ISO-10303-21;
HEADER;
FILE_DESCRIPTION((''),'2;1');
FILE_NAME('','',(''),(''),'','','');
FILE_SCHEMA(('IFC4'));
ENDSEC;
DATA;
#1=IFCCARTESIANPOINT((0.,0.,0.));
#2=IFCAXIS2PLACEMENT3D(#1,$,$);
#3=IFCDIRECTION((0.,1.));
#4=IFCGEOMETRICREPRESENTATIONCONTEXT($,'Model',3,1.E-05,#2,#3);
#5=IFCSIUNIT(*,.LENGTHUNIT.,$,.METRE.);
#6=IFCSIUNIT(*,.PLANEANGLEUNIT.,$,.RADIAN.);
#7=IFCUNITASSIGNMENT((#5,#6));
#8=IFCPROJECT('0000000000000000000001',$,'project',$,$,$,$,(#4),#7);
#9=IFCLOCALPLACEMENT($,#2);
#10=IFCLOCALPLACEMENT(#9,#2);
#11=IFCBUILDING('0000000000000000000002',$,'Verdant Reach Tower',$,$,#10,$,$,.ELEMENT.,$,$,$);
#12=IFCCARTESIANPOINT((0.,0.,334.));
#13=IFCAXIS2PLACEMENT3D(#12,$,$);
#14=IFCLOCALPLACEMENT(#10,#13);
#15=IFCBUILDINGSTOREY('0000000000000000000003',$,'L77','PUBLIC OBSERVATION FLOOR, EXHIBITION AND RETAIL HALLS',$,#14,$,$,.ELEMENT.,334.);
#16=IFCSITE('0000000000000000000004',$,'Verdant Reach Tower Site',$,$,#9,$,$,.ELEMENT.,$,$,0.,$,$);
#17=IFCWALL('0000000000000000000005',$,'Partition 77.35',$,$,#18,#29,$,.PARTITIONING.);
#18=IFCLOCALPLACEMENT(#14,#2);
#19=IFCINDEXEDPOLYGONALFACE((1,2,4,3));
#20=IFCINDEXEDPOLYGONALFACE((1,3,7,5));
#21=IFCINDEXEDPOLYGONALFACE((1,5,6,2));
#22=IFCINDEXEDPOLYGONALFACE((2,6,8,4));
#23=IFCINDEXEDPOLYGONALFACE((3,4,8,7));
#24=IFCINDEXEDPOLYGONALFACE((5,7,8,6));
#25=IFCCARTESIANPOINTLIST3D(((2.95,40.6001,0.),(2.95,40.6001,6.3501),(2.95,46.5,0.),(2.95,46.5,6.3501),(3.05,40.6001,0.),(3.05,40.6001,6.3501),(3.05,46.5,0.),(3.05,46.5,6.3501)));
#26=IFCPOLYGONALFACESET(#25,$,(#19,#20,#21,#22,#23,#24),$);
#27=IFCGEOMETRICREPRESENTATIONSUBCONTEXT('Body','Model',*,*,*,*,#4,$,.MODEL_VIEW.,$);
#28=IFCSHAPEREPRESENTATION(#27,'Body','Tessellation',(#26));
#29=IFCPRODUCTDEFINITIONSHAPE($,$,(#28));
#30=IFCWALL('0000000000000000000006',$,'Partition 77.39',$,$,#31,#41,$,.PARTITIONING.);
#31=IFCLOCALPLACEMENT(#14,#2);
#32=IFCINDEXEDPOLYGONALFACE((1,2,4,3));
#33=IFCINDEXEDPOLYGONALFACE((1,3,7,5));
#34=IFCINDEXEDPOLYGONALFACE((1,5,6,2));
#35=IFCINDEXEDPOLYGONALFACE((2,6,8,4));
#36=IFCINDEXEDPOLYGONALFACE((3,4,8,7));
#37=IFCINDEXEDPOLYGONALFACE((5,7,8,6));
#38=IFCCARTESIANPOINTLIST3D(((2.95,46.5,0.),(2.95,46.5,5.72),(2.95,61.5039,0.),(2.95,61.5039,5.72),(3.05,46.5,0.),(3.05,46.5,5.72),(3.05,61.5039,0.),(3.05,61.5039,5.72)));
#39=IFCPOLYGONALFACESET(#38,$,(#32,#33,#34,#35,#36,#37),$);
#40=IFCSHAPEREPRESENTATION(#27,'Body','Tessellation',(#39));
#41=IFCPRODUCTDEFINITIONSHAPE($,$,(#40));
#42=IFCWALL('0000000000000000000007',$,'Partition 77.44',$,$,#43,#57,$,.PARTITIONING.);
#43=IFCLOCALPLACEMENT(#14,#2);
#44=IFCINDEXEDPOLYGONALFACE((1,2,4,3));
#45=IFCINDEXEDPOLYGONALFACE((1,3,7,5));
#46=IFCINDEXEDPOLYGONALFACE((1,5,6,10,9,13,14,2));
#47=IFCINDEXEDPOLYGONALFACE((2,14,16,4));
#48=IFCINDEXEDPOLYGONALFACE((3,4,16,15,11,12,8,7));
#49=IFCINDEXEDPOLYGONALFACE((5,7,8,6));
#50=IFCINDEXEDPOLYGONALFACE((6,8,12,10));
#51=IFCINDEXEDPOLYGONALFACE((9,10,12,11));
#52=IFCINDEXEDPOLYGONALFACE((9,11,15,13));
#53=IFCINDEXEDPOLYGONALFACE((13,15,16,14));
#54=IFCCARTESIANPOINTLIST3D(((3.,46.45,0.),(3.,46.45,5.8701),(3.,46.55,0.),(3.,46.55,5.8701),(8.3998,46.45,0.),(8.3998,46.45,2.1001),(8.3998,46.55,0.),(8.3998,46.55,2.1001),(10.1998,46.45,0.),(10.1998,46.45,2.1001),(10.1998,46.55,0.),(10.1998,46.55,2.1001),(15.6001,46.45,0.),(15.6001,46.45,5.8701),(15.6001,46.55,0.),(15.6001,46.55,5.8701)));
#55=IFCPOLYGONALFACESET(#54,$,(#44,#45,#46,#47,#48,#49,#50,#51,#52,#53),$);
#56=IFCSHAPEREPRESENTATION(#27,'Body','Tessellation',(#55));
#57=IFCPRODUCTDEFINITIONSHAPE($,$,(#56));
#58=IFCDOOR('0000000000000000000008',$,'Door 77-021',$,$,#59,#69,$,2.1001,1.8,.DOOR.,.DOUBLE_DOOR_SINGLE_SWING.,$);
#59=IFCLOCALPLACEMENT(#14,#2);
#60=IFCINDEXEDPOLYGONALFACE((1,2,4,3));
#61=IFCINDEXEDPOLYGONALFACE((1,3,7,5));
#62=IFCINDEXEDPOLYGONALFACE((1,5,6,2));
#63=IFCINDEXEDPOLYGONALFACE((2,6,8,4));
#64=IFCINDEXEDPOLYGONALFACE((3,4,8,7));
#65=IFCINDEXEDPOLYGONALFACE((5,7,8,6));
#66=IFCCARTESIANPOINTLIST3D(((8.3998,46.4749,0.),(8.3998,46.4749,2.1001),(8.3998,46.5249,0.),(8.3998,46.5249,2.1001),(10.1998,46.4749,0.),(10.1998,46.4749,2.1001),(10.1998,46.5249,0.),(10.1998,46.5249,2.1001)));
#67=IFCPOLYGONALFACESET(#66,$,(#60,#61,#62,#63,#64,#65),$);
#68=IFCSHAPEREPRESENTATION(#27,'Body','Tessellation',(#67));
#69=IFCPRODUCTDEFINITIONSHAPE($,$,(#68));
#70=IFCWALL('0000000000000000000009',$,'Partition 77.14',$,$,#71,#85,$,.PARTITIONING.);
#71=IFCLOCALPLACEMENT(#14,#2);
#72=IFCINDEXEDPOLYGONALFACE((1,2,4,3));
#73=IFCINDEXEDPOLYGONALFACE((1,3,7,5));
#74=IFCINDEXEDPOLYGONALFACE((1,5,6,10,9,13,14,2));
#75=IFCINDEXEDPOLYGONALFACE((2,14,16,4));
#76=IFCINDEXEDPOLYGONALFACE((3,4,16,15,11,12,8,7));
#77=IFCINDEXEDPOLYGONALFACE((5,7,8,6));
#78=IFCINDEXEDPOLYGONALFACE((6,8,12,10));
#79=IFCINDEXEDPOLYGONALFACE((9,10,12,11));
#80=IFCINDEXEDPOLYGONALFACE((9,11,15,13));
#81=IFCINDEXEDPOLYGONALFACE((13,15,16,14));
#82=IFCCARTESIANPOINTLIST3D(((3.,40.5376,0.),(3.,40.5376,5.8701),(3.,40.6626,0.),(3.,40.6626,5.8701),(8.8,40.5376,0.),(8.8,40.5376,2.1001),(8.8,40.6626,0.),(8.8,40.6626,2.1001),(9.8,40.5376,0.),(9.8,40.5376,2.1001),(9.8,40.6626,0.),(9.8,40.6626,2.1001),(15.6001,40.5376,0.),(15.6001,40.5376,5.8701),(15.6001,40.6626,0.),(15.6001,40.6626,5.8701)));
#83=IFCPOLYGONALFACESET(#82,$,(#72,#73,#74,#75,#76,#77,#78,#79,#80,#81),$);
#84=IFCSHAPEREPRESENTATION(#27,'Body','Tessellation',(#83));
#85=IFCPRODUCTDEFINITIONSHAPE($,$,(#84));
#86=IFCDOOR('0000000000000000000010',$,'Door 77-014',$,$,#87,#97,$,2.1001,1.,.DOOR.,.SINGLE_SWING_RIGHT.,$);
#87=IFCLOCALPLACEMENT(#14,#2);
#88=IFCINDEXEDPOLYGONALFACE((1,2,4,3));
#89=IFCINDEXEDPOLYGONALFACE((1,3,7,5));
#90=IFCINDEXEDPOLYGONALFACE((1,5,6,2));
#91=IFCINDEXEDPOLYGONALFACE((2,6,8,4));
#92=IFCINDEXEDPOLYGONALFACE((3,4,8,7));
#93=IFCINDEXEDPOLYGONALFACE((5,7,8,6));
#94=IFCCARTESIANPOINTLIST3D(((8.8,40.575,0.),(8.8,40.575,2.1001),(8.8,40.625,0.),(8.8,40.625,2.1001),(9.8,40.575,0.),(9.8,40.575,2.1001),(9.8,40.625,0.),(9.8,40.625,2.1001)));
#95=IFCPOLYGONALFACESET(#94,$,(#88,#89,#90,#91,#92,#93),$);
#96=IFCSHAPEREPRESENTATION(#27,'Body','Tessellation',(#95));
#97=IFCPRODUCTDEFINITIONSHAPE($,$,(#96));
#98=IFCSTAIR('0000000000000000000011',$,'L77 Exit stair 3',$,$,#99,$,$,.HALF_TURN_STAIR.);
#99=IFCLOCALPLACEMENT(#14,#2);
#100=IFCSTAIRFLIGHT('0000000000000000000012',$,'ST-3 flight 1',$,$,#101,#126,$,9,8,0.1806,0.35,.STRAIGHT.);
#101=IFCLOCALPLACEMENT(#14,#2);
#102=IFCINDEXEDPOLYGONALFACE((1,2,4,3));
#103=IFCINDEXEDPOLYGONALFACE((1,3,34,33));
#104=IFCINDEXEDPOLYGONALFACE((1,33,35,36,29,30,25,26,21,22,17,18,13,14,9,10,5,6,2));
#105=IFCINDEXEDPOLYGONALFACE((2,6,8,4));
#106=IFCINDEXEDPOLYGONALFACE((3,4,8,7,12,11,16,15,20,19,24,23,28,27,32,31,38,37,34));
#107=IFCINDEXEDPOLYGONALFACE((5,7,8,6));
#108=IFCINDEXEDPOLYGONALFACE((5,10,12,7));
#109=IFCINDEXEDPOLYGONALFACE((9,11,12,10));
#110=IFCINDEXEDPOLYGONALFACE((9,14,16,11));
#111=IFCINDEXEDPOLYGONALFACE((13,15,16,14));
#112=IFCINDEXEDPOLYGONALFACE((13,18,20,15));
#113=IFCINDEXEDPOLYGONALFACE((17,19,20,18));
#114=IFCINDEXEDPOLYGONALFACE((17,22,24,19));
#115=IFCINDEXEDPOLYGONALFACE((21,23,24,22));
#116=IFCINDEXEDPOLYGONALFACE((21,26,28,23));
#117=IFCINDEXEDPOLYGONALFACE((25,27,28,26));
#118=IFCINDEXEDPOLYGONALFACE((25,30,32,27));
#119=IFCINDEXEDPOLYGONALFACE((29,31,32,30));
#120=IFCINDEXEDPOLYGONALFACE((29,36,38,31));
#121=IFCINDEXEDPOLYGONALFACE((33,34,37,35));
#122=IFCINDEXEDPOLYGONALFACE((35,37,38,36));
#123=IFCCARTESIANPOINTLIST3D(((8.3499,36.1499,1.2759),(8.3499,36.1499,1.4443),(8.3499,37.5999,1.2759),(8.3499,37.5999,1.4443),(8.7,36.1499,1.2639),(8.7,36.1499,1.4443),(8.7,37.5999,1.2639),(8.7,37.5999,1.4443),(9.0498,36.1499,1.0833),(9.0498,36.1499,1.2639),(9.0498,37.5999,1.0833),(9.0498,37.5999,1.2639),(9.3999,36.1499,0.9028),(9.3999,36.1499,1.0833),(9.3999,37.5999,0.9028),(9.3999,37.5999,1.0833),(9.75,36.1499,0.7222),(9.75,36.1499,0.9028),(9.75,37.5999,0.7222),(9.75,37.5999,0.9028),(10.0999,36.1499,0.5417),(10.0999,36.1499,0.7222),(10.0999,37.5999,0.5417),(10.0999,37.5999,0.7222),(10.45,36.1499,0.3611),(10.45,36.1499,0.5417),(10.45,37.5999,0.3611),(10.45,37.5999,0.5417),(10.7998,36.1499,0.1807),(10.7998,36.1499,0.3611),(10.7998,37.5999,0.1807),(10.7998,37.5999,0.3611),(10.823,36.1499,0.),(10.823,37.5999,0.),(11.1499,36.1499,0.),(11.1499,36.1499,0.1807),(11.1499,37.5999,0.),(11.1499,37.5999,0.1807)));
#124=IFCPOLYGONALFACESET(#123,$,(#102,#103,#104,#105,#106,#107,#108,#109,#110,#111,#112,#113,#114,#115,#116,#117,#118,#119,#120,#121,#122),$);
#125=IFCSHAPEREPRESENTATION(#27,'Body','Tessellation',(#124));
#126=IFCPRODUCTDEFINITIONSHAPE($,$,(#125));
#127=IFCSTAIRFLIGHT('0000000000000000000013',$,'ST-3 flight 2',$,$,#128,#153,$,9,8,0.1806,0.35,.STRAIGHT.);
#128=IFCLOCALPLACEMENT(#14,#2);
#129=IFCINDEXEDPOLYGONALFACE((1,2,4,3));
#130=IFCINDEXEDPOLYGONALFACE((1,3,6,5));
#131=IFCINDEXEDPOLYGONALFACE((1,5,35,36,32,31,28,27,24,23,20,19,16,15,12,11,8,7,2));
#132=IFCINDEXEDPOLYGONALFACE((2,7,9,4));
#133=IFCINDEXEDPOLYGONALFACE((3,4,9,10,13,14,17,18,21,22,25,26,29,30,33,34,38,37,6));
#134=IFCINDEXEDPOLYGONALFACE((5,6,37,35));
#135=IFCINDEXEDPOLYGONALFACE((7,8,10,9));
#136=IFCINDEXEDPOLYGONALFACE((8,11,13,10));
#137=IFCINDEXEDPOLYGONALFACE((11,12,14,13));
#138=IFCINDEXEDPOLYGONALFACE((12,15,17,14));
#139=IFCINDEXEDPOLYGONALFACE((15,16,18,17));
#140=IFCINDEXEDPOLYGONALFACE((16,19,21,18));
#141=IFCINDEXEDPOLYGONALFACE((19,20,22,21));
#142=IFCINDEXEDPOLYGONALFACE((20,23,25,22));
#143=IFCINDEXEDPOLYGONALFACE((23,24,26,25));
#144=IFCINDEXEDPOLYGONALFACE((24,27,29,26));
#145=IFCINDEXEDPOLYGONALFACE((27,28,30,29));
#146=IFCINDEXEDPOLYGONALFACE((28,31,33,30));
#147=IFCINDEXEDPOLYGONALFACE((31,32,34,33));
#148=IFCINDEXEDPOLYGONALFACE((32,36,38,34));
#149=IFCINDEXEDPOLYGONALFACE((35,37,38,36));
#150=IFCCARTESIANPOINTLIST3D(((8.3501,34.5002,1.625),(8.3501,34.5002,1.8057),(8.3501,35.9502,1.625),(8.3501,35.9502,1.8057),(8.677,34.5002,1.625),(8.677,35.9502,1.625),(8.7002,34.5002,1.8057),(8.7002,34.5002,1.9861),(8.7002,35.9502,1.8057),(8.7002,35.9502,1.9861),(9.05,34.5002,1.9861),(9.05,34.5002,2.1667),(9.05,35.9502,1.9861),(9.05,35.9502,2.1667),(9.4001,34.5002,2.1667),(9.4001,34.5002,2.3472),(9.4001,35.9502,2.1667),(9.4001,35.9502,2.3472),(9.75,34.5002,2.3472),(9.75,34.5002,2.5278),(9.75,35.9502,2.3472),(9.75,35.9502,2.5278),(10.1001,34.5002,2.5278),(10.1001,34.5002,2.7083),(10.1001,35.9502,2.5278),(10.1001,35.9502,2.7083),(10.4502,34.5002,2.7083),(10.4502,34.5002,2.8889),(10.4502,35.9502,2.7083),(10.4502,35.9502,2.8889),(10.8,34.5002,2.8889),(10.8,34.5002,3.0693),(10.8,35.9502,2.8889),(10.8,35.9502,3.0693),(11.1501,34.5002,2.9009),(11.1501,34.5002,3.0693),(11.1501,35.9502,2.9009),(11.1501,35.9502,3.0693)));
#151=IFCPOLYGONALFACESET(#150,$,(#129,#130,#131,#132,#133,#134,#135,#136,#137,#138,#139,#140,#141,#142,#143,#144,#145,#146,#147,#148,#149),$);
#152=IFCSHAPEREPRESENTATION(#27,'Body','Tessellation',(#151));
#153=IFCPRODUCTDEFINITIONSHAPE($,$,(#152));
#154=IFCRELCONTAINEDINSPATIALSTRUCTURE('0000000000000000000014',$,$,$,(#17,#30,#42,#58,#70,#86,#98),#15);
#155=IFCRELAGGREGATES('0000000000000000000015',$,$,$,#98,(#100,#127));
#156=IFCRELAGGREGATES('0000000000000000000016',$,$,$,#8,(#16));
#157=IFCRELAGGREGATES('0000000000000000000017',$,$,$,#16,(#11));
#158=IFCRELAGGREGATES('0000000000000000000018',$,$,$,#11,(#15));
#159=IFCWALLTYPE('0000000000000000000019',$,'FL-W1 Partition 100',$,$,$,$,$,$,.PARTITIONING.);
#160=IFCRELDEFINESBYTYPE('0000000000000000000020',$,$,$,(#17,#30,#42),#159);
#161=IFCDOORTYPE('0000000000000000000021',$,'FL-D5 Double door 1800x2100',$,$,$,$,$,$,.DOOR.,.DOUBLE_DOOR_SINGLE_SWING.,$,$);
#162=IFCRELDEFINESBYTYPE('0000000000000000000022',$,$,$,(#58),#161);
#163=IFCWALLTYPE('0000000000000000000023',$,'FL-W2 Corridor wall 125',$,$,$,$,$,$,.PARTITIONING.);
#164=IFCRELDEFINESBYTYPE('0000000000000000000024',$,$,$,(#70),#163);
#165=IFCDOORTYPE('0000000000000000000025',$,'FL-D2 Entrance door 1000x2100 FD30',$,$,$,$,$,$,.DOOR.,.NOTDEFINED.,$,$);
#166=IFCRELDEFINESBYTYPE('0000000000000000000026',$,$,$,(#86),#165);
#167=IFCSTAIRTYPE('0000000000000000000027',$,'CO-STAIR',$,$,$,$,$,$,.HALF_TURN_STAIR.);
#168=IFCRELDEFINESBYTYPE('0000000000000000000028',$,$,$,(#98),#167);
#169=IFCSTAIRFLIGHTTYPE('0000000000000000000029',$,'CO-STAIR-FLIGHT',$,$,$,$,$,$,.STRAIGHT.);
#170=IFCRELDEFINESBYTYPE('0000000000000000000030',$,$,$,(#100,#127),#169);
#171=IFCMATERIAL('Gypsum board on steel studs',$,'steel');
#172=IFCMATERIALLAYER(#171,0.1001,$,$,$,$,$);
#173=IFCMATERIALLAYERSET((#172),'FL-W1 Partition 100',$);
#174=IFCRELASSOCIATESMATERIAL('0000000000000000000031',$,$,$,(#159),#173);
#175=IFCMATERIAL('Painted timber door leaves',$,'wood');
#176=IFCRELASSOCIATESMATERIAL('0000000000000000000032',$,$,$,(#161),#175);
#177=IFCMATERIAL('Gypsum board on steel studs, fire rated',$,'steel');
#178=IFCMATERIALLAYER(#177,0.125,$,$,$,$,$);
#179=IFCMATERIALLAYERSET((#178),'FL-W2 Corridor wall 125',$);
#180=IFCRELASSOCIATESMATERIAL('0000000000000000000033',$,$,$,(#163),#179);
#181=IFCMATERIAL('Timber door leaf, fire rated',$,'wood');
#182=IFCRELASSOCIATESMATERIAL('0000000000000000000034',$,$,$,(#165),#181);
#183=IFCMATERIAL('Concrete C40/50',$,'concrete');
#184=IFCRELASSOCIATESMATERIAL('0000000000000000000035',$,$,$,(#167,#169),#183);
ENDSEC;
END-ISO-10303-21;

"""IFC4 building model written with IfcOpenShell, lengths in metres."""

from ifc_helpers import new_model, si_unit, direction, frame, frame_2d, origin, place, context, subcontext, project, spatial, polyline, rectangle, outline, extrude, material, layer, layer_set, type_object, element, fill, aggregate, save


model = new_model("IFC4")

# Units and contexts
model_context = context("Model", 3, precision=1e-05, world=origin(), true_north=direction((0.0, 1.0)))
body_context = subcontext(model_context, "Body", "Model", "MODEL_VIEW")
ifc_project = project(units=[si_unit("LENGTHUNIT", "METRE"), si_unit("PLANEANGLEUNIT", "RADIAN")], contexts=[model_context])

# Site, building, storey
site_placement = place(None, origin())
site = spatial("IfcSite", under=ifc_project, at=site_placement, Name="Verdant Reach Tower Site", CompositionType="ELEMENT", RefElevation=0.0)
building_placement = place(site_placement, origin())
building = spatial("IfcBuilding", under=site, at=building_placement, Name="Verdant Reach Tower", CompositionType="ELEMENT")
storey_placement = place(building_placement, frame((0.0, 0.0, 334.0)))
storey = spatial("IfcBuildingStorey", under=building, at=storey_placement, Name="L77", Description="PUBLIC OBSERVATION FLOOR, EXHIBITION AND RETAIL HALLS", CompositionType="ELEMENT", Elevation=334.0)

# Shared definitions
ifc_material_1 = material(Name="Concrete C40/50", Category="concrete")

# Walls
ifc_material_2 = material(Name="Gypsum board on steel studs", Category="steel")
ifc_layer_1 = layer(ifc_material_2, 0.1001)
ifc_layer_set_1 = layer_set([ifc_layer_1], Name="FL-W1 Partition 100")
wall_type_1 = type_object("IfcWallType", Name="FL-W1 Partition 100", PredefinedType="PARTITIONING", material=ifc_layer_set_1)
wall_1_placement = place(storey_placement, frame((3.0, 40.6001, 0.0), z_axis=(0.0, 0.0, 1.0), x_axis=(0.0, 1.0, 0.0)))
element("IfcWall", 1, at=wall_1_placement, inside=storey, type_object=wall_type_1, Name="Partition 77.35", PredefinedType="PARTITIONING", context=body_context, shape_type="SweptSolid", body=[
    extrude(rectangle(XDim=5.8999, YDim=0.1001, at=frame_2d((2.95, 0.0))), origin(), (0.0, 0.0, 1.0), 6.3501),
])
wall_2_placement = place(storey_placement, frame((3.0, 46.5, 0.0), z_axis=(0.0, 0.0, 1.0), x_axis=(0.0, 1.0, 0.0)))
element("IfcWall", 2, at=wall_2_placement, inside=storey, type_object=wall_type_1, Name="Partition 77.39", PredefinedType="PARTITIONING", context=body_context, shape_type="SweptSolid", body=[
    extrude(rectangle(XDim=15.0039, YDim=0.1001, at=frame_2d((7.502, 0.0))), origin(), (0.0, 0.0, 1.0), 5.72),
])

# Walls, openings, doors
wall_3_placement = place(storey_placement, frame((3.0, 46.5, 0.0), z_axis=(0.0, 0.0, 1.0), x_axis=(1.0, 0.0, 0.0)))
wall_3 = element("IfcWall", 3, at=wall_3_placement, inside=storey, type_object=wall_type_1, Name="Partition 77.44", PredefinedType="PARTITIONING", context=body_context, shape_type="SweptSolid", body=[
    extrude(rectangle(XDim=12.6001, YDim=0.1001, at=frame_2d((6.3, 0.0))), origin(), (0.0, 0.0, 1.0), 5.8701),
])
opening_1_placement = place(wall_3_placement, frame((5.3999, 0.0, 0.0)))
opening_1 = element("IfcOpeningElement", 4, at=opening_1_placement, cuts=wall_3, PredefinedType="OPENING", context=body_context, shape_type="SweptSolid", body=[
    extrude(rectangle(XDim=1.8, YDim=2.1001, at=frame_2d((0.8999, 1.05))), frame((0.0, 0.0601, 0.0), z_axis=(0.0, -1.0, 0.0), x_axis=(1.0, 0.0, 0.0)), (0.0, 0.0, 1.0), 0.1201),
])
ifc_material_3 = material(Name="Painted timber door leaves", Category="wood")
door_type_1 = type_object("IfcDoorType", Name="FL-D5 Double door 1800x2100", OperationType="DOUBLE_DOOR_SINGLE_SWING", PredefinedType="DOOR", material=ifc_material_3)
door_1_placement = place(opening_1_placement, origin())
door_1 = element("IfcDoor", 5, at=door_1_placement, inside=storey, type_object=door_type_1, Name="Door 77-021", OperationType="DOUBLE_DOOR_SINGLE_SWING", OverallHeight=2.1001, OverallWidth=1.8, PredefinedType="DOOR", context=body_context, shape_type="SweptSolid", body=[
    extrude(rectangle(XDim=1.8, YDim=2.1001, at=frame_2d((0.8999, 1.05))), frame((0.0, 0.0249, 0.0), z_axis=(0.0, -1.0, 0.0), x_axis=(1.0, 0.0, 0.0)), (0.0, 0.0, 1.0), 0.05),
])
fill(opening_1, door_1)
ifc_material_4 = material(Name="Gypsum board on steel studs, fire rated", Category="steel")
ifc_layer_2 = layer(ifc_material_4, 0.125)
ifc_layer_set_2 = layer_set([ifc_layer_2], Name="FL-W2 Corridor wall 125")
wall_type_2 = type_object("IfcWallType", Name="FL-W2 Corridor wall 125", PredefinedType="PARTITIONING", material=ifc_layer_set_2)
wall_4_placement = place(storey_placement, frame((3.0, 40.6001, 0.0), z_axis=(0.0, 0.0, 1.0), x_axis=(1.0, 0.0, 0.0)))
wall_4 = element("IfcWall", 6, at=wall_4_placement, inside=storey, type_object=wall_type_2, Name="Partition 77.14", PredefinedType="PARTITIONING", context=body_context, shape_type="SweptSolid", body=[
    extrude(rectangle(XDim=12.6001, YDim=0.125, at=frame_2d((6.3, 0.0))), origin(), (0.0, 0.0, 1.0), 5.8701),
])
opening_2_placement = place(wall_4_placement, frame((5.8, 0.0, 0.0)))
opening_2 = element("IfcOpeningElement", 7, at=opening_2_placement, cuts=wall_4, PredefinedType="OPENING", context=body_context, shape_type="SweptSolid", body=[
    extrude(rectangle(XDim=1.0, YDim=2.1001, at=frame_2d((0.5, 1.05))), frame((0.0, 0.0725, 0.0), z_axis=(0.0, -1.0, 0.0), x_axis=(1.0, 0.0, 0.0)), (0.0, 0.0, 1.0), 0.145),
])
ifc_material_5 = material(Name="Timber door leaf, fire rated", Category="wood")
door_type_2 = type_object("IfcDoorType", Name="FL-D2 Entrance door 1000x2100 FD30", OperationType="NOTDEFINED", PredefinedType="DOOR", material=ifc_material_5)
door_2_placement = place(opening_2_placement, origin())
door_2 = element("IfcDoor", 8, at=door_2_placement, inside=storey, type_object=door_type_2, Name="Door 77-014", OperationType="SINGLE_SWING_RIGHT", OverallHeight=2.1001, OverallWidth=1.0, PredefinedType="DOOR", context=body_context, shape_type="SweptSolid", body=[
    extrude(rectangle(XDim=1.0, YDim=2.1001, at=frame_2d((0.5, 1.05))), frame((0.0, 0.0249, 0.0), z_axis=(0.0, -1.0, 0.0), x_axis=(1.0, 0.0, 0.0)), (0.0, 0.0, 1.0), 0.05),
])
fill(opening_2, door_2)

# Stair, stair flights
stair_type = type_object("IfcStairType", Name="CO-STAIR", PredefinedType="HALF_TURN_STAIR", material=ifc_material_1)
stair_placement = place(storey_placement, origin())
stair = element("IfcStair", 9, at=stair_placement, inside=storey, type_object=stair_type, Name="L77 Exit stair 3", PredefinedType="HALF_TURN_STAIR")
stair_flight_type = type_object("IfcStairFlightType", Name="CO-STAIR-FLIGHT", PredefinedType="STRAIGHT", material=ifc_material_1)
stair_flight_1_placement = place(storey_placement, frame((11.1499, 36.875, 0.0), z_axis=(0.0, 0.0, 1.0), x_axis=(-1.0, 0.0, 0.0)))
stair_flight_1 = element("IfcStairFlight", 10, at=stair_flight_1_placement, type_object=stair_flight_type, Name="ST-3 flight 1", NumberOfRisers=9, NumberOfTreads=8, PredefinedType="STRAIGHT", RiserHeight=0.1806, TreadLength=0.35, context=body_context, shape_type="SweptSolid", body=[
    extrude(outline(polyline([(0.0, 0.0), (0.0, 0.1807), (0.3501, 0.1807), (0.3501, 0.3611), (0.7, 0.3611), (0.7, 0.5417), (1.05, 0.5417), (1.05, 0.7222), (1.3999, 0.7222), (1.3999, 0.9028), (1.75, 0.9028), (1.75, 1.0833), (2.1001, 1.0833), (2.1001, 1.2639), (2.45, 1.2639), (2.45, 1.4443), (2.8, 1.4443), (2.8, 1.625), (2.8, 1.2759), (0.3269, 0.0), (0.0, 0.0)])), frame((0.0, 0.7251, 0.0), z_axis=(0.0, -1.0, 0.0), x_axis=(1.0, 0.0, 0.0)), (0.0, 0.0, 1.0), 1.45),
])
stair_flight_2_placement = place(storey_placement, frame((8.3501, 35.2251, 1.625), z_axis=(0.0, 0.0, 1.0), x_axis=(1.0, 0.0, 0.0)))
stair_flight_2 = element("IfcStairFlight", 11, at=stair_flight_2_placement, type_object=stair_flight_type, Name="ST-3 flight 2", NumberOfRisers=9, NumberOfTreads=8, PredefinedType="STRAIGHT", RiserHeight=0.1806, TreadLength=0.35, context=body_context, shape_type="SweptSolid", body=[
    extrude(outline(polyline([(0.0, 0.0), (0.0, 0.1807), (0.3501, 0.1807), (0.3501, 0.3611), (0.7, 0.3611), (0.7, 0.5417), (1.05, 0.5417), (1.05, 0.7222), (1.3999, 0.7222), (1.3999, 0.9028), (1.75, 0.9028), (1.75, 1.0833), (2.1001, 1.0833), (2.1001, 1.2639), (2.45, 1.2639), (2.45, 1.4443), (2.8, 1.4443), (2.8, 1.625), (2.8, 1.2759), (0.3269, 0.0), (0.0, 0.0)])), frame((0.0, 0.7251, 0.0), z_axis=(0.0, -1.0, 0.0), x_axis=(1.0, 0.0, 0.0)), (0.0, 0.0, 1.0), 1.45),
])
aggregate(stair, [stair_flight_1, stair_flight_2])

save(model, "model.ifc")
